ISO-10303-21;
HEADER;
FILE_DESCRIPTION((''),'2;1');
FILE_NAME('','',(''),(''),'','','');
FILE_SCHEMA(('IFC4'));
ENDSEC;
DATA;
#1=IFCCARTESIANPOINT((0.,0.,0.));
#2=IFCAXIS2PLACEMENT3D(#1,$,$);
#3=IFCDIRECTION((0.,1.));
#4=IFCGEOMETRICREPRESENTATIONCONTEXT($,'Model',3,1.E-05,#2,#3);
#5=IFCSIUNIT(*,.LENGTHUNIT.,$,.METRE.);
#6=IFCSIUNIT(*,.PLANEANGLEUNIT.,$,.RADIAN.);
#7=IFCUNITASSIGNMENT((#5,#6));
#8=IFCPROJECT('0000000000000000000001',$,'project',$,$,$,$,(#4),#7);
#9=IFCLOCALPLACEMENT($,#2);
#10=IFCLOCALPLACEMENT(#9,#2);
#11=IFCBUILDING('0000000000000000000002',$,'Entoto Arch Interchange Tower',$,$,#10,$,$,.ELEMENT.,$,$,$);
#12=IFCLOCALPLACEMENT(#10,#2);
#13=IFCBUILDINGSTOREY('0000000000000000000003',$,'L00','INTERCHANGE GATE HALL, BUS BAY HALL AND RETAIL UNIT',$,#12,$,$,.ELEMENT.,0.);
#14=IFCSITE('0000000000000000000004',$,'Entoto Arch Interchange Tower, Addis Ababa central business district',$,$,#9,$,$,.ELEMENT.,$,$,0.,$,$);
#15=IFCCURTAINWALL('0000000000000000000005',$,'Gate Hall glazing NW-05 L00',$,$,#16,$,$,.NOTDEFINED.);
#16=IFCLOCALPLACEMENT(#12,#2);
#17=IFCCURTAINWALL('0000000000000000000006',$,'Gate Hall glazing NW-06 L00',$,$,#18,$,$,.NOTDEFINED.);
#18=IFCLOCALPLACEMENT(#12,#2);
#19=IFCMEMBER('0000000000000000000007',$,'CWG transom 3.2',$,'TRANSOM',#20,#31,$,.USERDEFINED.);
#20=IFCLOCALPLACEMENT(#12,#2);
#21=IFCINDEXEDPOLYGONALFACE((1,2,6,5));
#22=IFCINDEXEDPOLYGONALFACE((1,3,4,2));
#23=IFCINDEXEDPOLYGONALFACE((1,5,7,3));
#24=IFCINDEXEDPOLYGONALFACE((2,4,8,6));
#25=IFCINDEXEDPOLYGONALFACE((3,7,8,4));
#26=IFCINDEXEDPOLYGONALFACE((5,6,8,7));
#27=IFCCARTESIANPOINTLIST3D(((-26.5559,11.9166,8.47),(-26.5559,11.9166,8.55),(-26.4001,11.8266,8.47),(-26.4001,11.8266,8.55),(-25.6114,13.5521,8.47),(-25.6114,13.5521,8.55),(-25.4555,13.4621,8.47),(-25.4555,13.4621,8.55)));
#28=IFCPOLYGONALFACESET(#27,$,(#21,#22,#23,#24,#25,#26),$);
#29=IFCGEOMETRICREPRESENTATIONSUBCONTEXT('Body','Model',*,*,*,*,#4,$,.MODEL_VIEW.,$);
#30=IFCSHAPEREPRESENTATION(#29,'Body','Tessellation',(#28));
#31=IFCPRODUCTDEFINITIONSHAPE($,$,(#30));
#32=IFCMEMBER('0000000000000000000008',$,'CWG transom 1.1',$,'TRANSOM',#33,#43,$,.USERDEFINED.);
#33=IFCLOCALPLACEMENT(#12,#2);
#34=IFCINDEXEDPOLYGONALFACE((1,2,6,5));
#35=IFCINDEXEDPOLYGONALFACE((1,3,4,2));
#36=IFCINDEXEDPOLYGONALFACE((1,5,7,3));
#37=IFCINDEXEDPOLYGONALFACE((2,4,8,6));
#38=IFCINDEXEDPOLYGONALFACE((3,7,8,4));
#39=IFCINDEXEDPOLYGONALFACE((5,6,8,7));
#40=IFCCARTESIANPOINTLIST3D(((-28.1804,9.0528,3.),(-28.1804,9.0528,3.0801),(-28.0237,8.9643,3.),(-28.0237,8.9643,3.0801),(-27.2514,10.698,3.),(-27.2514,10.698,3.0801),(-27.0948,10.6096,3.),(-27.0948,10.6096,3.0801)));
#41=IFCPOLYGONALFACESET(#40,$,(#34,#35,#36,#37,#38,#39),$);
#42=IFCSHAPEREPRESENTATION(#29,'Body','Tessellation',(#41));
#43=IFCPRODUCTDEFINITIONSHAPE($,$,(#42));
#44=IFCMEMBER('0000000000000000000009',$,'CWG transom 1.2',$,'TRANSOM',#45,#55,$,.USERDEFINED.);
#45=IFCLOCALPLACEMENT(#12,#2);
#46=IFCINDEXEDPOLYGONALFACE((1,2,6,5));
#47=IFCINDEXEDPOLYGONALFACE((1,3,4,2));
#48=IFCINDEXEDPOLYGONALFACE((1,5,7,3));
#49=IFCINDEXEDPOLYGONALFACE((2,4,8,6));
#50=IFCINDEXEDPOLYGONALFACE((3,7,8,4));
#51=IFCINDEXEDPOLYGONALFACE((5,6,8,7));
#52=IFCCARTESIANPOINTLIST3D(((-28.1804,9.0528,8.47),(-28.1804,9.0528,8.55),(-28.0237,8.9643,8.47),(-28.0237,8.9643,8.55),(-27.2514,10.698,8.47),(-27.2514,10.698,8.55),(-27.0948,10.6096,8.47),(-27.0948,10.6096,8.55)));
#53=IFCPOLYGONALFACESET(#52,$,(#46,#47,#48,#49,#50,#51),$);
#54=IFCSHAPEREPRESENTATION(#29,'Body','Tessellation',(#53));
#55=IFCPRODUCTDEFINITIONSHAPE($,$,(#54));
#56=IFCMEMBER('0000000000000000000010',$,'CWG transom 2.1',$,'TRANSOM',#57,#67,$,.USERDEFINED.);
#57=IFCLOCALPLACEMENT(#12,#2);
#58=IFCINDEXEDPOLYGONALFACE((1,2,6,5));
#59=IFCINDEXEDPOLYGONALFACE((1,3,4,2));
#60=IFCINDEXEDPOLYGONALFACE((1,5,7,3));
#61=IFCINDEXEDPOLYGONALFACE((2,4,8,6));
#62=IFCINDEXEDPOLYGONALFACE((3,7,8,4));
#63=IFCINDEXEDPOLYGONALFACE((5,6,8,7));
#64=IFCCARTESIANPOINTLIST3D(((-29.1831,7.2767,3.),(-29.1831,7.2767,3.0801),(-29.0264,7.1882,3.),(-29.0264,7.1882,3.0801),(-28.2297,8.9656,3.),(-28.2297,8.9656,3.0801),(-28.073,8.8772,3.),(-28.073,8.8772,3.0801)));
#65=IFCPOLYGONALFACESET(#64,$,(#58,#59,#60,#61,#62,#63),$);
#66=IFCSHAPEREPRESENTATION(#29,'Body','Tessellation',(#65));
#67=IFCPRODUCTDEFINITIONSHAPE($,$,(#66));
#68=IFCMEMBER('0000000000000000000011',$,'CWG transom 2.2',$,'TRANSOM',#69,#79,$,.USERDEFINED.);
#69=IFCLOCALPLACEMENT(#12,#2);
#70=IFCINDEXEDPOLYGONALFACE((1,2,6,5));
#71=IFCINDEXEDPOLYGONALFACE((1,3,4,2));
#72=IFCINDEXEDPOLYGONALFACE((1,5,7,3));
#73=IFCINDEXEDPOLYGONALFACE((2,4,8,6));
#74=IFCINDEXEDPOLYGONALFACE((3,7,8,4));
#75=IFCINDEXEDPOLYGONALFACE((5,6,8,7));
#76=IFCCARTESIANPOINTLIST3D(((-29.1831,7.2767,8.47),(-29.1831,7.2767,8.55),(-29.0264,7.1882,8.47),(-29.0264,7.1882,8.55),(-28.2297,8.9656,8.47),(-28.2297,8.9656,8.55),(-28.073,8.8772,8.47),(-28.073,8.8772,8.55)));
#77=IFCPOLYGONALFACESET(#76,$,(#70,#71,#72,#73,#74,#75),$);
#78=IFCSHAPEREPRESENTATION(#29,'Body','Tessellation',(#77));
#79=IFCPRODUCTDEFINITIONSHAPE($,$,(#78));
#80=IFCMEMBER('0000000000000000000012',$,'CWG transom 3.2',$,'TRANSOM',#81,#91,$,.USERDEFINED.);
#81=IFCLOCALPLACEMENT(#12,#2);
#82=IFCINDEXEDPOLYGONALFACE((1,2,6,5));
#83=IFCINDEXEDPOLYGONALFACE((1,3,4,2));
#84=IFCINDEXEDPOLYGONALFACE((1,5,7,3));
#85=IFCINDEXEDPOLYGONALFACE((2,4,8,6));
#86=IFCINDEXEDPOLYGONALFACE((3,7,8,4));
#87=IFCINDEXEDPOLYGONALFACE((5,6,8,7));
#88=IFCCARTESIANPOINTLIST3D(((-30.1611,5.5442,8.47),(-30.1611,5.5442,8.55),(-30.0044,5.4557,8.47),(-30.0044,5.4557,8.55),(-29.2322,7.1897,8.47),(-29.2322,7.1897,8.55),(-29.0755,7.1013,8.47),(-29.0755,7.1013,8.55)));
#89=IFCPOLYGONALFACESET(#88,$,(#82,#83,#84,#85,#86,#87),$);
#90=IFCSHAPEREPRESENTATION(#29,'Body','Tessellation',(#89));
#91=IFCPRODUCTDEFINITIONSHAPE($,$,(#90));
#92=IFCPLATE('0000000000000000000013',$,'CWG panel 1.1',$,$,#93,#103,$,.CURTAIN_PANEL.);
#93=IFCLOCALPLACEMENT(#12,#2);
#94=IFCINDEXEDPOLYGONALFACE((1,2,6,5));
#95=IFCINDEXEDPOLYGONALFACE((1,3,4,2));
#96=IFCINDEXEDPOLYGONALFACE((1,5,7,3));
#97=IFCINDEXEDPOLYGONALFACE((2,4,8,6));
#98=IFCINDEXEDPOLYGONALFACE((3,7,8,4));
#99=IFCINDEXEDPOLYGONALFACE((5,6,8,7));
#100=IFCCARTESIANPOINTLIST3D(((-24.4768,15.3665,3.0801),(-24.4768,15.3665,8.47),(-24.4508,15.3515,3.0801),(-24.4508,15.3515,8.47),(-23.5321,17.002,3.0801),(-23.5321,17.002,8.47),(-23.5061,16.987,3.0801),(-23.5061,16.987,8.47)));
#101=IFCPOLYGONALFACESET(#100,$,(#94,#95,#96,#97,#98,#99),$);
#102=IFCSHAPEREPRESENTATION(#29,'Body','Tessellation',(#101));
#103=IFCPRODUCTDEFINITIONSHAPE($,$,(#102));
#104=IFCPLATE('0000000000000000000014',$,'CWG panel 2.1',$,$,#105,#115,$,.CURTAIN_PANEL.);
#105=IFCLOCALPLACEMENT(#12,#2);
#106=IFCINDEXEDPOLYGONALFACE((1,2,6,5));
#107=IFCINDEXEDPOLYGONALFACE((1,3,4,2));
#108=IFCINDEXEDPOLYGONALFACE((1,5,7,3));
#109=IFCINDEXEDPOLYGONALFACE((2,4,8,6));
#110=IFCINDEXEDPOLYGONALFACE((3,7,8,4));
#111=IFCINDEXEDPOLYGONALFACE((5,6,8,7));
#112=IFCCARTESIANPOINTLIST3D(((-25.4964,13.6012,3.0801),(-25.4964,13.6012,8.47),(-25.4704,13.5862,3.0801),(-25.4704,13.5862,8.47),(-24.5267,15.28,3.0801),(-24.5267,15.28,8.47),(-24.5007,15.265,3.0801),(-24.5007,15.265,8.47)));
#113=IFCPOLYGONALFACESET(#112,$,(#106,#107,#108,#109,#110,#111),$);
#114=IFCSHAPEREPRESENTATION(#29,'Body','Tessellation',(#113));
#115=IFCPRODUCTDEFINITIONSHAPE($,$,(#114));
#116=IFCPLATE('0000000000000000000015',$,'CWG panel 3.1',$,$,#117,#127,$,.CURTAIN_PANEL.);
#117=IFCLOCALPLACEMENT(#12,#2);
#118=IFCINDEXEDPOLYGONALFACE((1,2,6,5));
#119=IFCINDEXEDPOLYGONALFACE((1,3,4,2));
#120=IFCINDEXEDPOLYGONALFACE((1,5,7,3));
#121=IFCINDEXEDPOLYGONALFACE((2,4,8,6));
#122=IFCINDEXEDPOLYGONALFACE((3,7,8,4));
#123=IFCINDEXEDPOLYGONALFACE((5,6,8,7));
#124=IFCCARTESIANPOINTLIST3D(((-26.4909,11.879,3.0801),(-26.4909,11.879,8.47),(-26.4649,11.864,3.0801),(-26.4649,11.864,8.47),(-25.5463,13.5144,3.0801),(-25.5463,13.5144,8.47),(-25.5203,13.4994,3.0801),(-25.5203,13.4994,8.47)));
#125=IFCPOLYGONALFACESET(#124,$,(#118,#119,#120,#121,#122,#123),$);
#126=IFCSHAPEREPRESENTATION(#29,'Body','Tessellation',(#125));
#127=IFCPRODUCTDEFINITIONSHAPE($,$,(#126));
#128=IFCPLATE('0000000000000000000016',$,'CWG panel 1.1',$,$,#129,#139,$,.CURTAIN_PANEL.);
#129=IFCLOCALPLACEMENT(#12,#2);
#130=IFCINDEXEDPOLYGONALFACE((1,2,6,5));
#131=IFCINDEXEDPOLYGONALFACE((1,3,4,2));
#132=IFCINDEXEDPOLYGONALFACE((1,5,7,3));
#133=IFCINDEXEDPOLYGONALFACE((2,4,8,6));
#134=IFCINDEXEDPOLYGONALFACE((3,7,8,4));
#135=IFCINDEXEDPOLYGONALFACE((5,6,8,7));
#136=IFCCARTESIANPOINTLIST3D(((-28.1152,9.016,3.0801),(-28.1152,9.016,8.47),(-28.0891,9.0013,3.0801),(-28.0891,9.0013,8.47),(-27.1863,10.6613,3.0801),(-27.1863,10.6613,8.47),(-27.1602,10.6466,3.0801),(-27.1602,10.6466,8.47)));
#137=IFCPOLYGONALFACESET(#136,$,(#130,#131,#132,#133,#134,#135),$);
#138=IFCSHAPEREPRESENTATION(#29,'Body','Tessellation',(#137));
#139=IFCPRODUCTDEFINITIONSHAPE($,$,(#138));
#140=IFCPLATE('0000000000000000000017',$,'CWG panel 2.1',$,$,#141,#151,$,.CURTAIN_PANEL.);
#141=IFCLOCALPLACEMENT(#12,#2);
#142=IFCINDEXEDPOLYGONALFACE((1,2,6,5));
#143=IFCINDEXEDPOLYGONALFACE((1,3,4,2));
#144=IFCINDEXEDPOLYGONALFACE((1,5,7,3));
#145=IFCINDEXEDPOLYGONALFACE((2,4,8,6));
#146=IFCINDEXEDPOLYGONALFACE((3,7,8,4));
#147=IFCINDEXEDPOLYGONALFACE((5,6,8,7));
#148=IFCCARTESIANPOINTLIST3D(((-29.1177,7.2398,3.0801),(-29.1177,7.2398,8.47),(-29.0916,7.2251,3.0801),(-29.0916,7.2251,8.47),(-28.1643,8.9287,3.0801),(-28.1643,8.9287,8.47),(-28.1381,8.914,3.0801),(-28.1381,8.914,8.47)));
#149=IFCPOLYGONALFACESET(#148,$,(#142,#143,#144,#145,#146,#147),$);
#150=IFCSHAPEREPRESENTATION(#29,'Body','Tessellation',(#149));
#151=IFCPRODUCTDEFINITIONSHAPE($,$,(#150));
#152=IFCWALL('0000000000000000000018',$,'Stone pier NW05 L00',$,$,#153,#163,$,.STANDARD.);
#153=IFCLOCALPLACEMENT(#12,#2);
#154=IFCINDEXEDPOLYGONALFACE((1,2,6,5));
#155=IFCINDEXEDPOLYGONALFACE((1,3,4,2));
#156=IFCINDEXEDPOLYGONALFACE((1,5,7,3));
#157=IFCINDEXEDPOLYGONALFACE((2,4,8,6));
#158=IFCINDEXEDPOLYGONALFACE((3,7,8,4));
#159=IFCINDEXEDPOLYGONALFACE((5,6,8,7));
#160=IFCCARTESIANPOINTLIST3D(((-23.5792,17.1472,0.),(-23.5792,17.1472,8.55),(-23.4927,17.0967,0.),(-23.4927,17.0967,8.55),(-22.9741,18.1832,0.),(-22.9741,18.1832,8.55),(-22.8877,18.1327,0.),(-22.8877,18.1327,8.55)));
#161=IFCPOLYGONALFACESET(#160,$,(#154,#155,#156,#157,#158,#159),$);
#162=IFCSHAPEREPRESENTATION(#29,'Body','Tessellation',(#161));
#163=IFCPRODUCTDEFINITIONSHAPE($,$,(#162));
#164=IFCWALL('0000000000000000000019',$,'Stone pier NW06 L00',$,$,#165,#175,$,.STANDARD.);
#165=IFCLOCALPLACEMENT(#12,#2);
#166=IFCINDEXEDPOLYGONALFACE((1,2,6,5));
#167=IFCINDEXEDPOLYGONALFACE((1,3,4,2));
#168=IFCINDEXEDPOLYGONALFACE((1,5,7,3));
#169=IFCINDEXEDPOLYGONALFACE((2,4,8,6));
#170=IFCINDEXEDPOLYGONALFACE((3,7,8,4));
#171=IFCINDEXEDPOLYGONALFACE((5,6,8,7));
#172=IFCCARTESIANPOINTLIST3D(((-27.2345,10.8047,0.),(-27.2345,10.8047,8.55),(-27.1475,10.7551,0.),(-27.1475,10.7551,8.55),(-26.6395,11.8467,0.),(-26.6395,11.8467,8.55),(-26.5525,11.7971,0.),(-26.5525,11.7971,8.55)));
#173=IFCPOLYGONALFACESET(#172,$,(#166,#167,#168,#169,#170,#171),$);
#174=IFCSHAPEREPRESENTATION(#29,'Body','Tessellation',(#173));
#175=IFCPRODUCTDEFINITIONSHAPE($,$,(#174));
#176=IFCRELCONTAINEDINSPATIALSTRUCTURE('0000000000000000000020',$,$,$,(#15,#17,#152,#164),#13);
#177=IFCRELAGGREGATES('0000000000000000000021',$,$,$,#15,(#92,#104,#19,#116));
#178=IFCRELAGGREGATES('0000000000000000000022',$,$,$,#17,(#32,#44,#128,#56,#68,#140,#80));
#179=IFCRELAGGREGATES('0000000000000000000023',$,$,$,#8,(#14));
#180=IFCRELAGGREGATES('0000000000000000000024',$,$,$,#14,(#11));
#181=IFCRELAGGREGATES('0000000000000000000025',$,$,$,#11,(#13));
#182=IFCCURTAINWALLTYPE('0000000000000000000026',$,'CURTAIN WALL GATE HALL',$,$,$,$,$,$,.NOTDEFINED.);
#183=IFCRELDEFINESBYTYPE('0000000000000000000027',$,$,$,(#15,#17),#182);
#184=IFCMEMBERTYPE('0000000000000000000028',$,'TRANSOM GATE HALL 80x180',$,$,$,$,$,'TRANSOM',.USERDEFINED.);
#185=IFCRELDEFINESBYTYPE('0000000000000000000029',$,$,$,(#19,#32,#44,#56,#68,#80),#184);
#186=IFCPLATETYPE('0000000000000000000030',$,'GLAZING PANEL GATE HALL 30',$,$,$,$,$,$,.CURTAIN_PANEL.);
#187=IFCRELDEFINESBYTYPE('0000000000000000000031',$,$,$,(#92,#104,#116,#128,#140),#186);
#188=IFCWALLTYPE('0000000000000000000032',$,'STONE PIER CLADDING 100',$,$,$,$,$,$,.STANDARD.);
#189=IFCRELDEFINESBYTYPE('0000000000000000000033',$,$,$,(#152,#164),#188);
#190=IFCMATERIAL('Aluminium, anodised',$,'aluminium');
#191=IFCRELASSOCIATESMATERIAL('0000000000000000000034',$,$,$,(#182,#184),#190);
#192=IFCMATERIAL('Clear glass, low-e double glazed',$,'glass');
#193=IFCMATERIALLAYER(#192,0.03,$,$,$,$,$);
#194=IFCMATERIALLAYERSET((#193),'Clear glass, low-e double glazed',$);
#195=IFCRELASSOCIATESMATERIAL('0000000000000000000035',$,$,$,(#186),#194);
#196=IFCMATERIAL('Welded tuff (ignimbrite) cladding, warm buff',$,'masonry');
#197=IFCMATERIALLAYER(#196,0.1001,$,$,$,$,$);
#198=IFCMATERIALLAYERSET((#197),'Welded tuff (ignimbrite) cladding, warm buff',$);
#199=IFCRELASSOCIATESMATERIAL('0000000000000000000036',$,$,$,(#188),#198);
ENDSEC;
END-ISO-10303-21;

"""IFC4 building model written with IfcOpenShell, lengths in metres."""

from ifc_helpers import new_model, si_unit, direction, frame, frame_2d, origin, origin_2d, place, context, subcontext, project, spatial, rectangle, extrude, material, layer, layer_set, material_profile, profile_set, type_object, element, aggregate, save


model = new_model("IFC4")

# Units and contexts
model_context = context("Model", 3, precision=1e-05, world=origin(), true_north=direction((0.0, 1.0)))
body_context = subcontext(model_context, "Body", "Model", "MODEL_VIEW")
ifc_project = project(units=[si_unit("LENGTHUNIT", "METRE"), si_unit("PLANEANGLEUNIT", "RADIAN")], contexts=[model_context])

# Site, building, storey
site_placement = place(None, origin())
site = spatial("IfcSite", under=ifc_project, at=site_placement, Name="Entoto Arch Interchange Tower, Addis Ababa central business district", CompositionType="ELEMENT", RefElevation=0.0)
building_placement = place(site_placement, origin())
building = spatial("IfcBuilding", under=site, at=building_placement, Name="Entoto Arch Interchange Tower", CompositionType="ELEMENT")
storey_placement = place(building_placement, origin())
storey = spatial("IfcBuildingStorey", under=building, at=storey_placement, Name="L00", Description="INTERCHANGE GATE HALL, BUS BAY HALL AND RETAIL UNIT", CompositionType="ELEMENT", Elevation=0.0)

# Shared definitions
ifc_material_1 = material(Name="Aluminium, anodised", Category="aluminium")
curtain_wall_type = type_object("IfcCurtainWallType", Name="CURTAIN WALL GATE HALL", PredefinedType="NOTDEFINED", material=ifc_material_1)

# Curtain walls
curtain_wall_1_placement = place(storey_placement, origin())
curtain_wall_1 = element("IfcCurtainWall", 1, at=curtain_wall_1_placement, inside=storey, type_object=curtain_wall_type, Name="Gate Hall glazing NW-05 L00", PredefinedType="NOTDEFINED")
curtain_wall_2_placement = place(storey_placement, origin())
curtain_wall_2 = element("IfcCurtainWall", 2, at=curtain_wall_2_placement, inside=storey, type_object=curtain_wall_type, Name="Gate Hall glazing NW-06 L00", PredefinedType="NOTDEFINED")

# Members
ifc_material_profile_1 = material_profile(ifc_material_1, rectangle(XDim=0.1799, YDim=0.0801, at=origin_2d()))
ifc_profile_set_1 = profile_set([ifc_material_profile_1], Name="Aluminium, anodised")
member_type_1 = type_object("IfcMemberType", Name="TRANSOM GATE HALL 80x180", ElementType="TRANSOM", PredefinedType="USERDEFINED", material=ifc_profile_set_1)
member_1_placement = place(storey_placement, frame((-25.5334, 13.5071, 8.51), z_axis=(-0.500129, -0.865951, 0.0), x_axis=(0.865951, -0.500129, 0.0)))
member_1 = element("IfcMember", 3, at=member_1_placement, type_object=member_type_1, Name="CWG transom 3.2", ObjectType="TRANSOM", PredefinedType="USERDEFINED", context=body_context, shape_type="SweptSolid", body=[
    extrude(rectangle(XDim=0.1799, YDim=0.0801, at=origin_2d()), origin(), (0.0, 0.0, 1.0), 1.8887),
])
member_2_placement = place(storey_placement, frame((-27.1731, 10.6538, 3.04), z_axis=(-0.491665, -0.870784, 0.0), x_axis=(0.870784, -0.491665, 0.0)))
member_2 = element("IfcMember", 4, at=member_2_placement, type_object=member_type_1, Name="CWG transom 1.1", ObjectType="TRANSOM", PredefinedType="USERDEFINED", context=body_context, shape_type="SweptSolid", body=[
    extrude(rectangle(XDim=0.1799, YDim=0.0801, at=origin_2d()), origin(), (0.0, 0.0, 1.0), 1.8894),
])
member_3_placement = place(storey_placement, frame((-27.1731, 10.6538, 8.51), z_axis=(-0.491665, -0.870784, 0.0), x_axis=(0.870784, -0.491665, 0.0)))
member_3 = element("IfcMember", 5, at=member_3_placement, type_object=member_type_1, Name="CWG transom 1.2", ObjectType="TRANSOM", PredefinedType="USERDEFINED", context=body_context, shape_type="SweptSolid", body=[
    extrude(rectangle(XDim=0.1799, YDim=0.0801, at=origin_2d()), origin(), (0.0, 0.0, 1.0), 1.8894),
])
member_4_placement = place(storey_placement, frame((-28.1514, 8.9214, 3.04), z_axis=(-0.491564, -0.870842, 0.0), x_axis=(0.870842, -0.491564, 0.0)))
member_4 = element("IfcMember", 6, at=member_4_placement, type_object=member_type_1, Name="CWG transom 2.1", ObjectType="TRANSOM", PredefinedType="USERDEFINED", context=body_context, shape_type="SweptSolid", body=[
    extrude(rectangle(XDim=0.1799, YDim=0.0801, at=origin_2d()), origin(), (0.0, 0.0, 1.0), 1.9395),
])
member_5_placement = place(storey_placement, frame((-28.1514, 8.9214, 8.51), z_axis=(-0.491564, -0.870842, 0.0), x_axis=(0.870842, -0.491564, 0.0)))
member_5 = element("IfcMember", 7, at=member_5_placement, type_object=member_type_1, Name="CWG transom 2.2", ObjectType="TRANSOM", PredefinedType="USERDEFINED", context=body_context, shape_type="SweptSolid", body=[
    extrude(rectangle(XDim=0.1799, YDim=0.0801, at=origin_2d()), origin(), (0.0, 0.0, 1.0), 1.9395),
])
member_6_placement = place(storey_placement, frame((-29.1538, 7.1455, 8.51), z_axis=(-0.49161, -0.870815, 0.0), x_axis=(0.870815, -0.49161, 0.0)))
member_6 = element("IfcMember", 8, at=member_6_placement, type_object=member_type_1, Name="CWG transom 3.2", ObjectType="TRANSOM", PredefinedType="USERDEFINED", context=body_context, shape_type="SweptSolid", body=[
    extrude(rectangle(XDim=0.1799, YDim=0.0801, at=origin_2d()), origin(), (0.0, 0.0, 1.0), 1.8896),
])

# Plates
ifc_material_2 = material(Name="Clear glass, low-e double glazed", Category="glass")
ifc_layer_1 = layer(ifc_material_2, 0.03)
ifc_layer_set_1 = layer_set([ifc_layer_1], Name="Clear glass, low-e double glazed")
plate_type = type_object("IfcPlateType", Name="GLAZING PANEL GATE HALL 30", PredefinedType="CURTAIN_PANEL", material=ifc_layer_set_1)
plate_1_placement = place(storey_placement, frame((-23.9915, 16.1768, 3.0801), z_axis=(0.0, 0.0, 1.0), x_axis=(-0.500166, -0.86593, 0.0)))
plate_1 = element("IfcPlate", 9, at=plate_1_placement, type_object=plate_type, Name="CWG panel 1.1", PredefinedType="CURTAIN_PANEL", context=body_context, shape_type="SweptSolid", body=[
    extrude(rectangle(XDim=1.8887, YDim=0.03, at=origin_2d()), origin(), (0.0, 0.0, 1.0), 5.3899),
])
plate_2_placement = place(storey_placement, frame((-24.9985, 14.4331, 3.0801), z_axis=(0.0, 0.0, 1.0), x_axis=(-0.500166, -0.86593, 0.0)))
plate_2 = element("IfcPlate", 10, at=plate_2_placement, type_object=plate_type, Name="CWG panel 2.1", PredefinedType="CURTAIN_PANEL", context=body_context, shape_type="SweptSolid", body=[
    extrude(rectangle(XDim=1.9387, YDim=0.03, at=origin_2d()), origin(), (0.0, 0.0, 1.0), 5.3899),
])
plate_3_placement = place(storey_placement, frame((-26.0056, 12.6892, 3.0801), z_axis=(0.0, 0.0, 1.0), x_axis=(-0.500166, -0.86593, 0.0)))
plate_3 = element("IfcPlate", 11, at=plate_3_placement, type_object=plate_type, Name="CWG panel 3.1", PredefinedType="CURTAIN_PANEL", context=body_context, shape_type="SweptSolid", body=[
    extrude(rectangle(XDim=1.8887, YDim=0.03, at=origin_2d()), origin(), (0.0, 0.0, 1.0), 5.3899),
])
aggregate(curtain_wall_1, [plate_1, plate_2, member_1, plate_3])
plate_4_placement = place(storey_placement, frame((-27.6377, 9.8313, 3.0801), z_axis=(0.0, 0.0, 1.0), x_axis=(-0.491626, -0.870806, 0.0)))
plate_4 = element("IfcPlate", 12, at=plate_4_placement, type_object=plate_type, Name="CWG panel 1.1", PredefinedType="CURTAIN_PANEL", context=body_context, shape_type="SweptSolid", body=[
    extrude(rectangle(XDim=1.8894, YDim=0.03, at=origin_2d()), origin(), (0.0, 0.0, 1.0), 5.3899),
])
plate_5_placement = place(storey_placement, frame((-28.6279, 8.0769, 3.0801), z_axis=(0.0, 0.0, 1.0), x_axis=(-0.491626, -0.870806, 0.0)))
plate_5 = element("IfcPlate", 13, at=plate_5_placement, type_object=plate_type, Name="CWG panel 2.1", PredefinedType="CURTAIN_PANEL", context=body_context, shape_type="SweptSolid", body=[
    extrude(rectangle(XDim=1.9395, YDim=0.03, at=origin_2d()), origin(), (0.0, 0.0, 1.0), 5.3899),
])
aggregate(curtain_wall_2, [member_2, member_3, plate_4, member_4, member_5, plate_5, member_6])

# Shared definitions
ifc_material_3 = material(Name="Welded tuff (ignimbrite) cladding, warm buff", Category="masonry")

# Walls
ifc_layer_2 = layer(ifc_material_3, 0.1001)
ifc_layer_set_2 = layer_set([ifc_layer_2], Name="Welded tuff (ignimbrite) cladding, warm buff")
wall_type_1 = type_object("IfcWallType", Name="STONE PIER CLADDING 100", PredefinedType="STANDARD", material=ifc_layer_set_2)
wall_1_placement = place(storey_placement, frame((-22.9309, 18.158, 0.0), z_axis=(0.0, 0.0, 1.0), x_axis=(-0.504314, -0.86352, 0.0)))
element("IfcWall", 14, at=wall_1_placement, inside=storey, type_object=wall_type_1, Name="Stone pier NW05 L00", PredefinedType="STANDARD", context=body_context, shape_type="SweptSolid", body=[
    extrude(rectangle(XDim=1.1997, YDim=0.1001, at=frame_2d((0.5999, 0.0))), origin(), (0.0, 0.0, 1.0), 8.55),
])
wall_2_placement = place(storey_placement, frame((-26.5959, 11.822, 0.0), z_axis=(0.0, 0.0, 1.0), x_axis=(-0.495854, -0.868406, 0.0)))
element("IfcWall", 15, at=wall_2_placement, inside=storey, type_object=wall_type_1, Name="Stone pier NW06 L00", PredefinedType="STANDARD", context=body_context, shape_type="SweptSolid", body=[
    extrude(rectangle(XDim=1.2, YDim=0.1001, at=frame_2d((0.6001, 0.0))), origin(), (0.0, 0.0, 1.0), 8.55),
])

save(model, "model.ifc")
